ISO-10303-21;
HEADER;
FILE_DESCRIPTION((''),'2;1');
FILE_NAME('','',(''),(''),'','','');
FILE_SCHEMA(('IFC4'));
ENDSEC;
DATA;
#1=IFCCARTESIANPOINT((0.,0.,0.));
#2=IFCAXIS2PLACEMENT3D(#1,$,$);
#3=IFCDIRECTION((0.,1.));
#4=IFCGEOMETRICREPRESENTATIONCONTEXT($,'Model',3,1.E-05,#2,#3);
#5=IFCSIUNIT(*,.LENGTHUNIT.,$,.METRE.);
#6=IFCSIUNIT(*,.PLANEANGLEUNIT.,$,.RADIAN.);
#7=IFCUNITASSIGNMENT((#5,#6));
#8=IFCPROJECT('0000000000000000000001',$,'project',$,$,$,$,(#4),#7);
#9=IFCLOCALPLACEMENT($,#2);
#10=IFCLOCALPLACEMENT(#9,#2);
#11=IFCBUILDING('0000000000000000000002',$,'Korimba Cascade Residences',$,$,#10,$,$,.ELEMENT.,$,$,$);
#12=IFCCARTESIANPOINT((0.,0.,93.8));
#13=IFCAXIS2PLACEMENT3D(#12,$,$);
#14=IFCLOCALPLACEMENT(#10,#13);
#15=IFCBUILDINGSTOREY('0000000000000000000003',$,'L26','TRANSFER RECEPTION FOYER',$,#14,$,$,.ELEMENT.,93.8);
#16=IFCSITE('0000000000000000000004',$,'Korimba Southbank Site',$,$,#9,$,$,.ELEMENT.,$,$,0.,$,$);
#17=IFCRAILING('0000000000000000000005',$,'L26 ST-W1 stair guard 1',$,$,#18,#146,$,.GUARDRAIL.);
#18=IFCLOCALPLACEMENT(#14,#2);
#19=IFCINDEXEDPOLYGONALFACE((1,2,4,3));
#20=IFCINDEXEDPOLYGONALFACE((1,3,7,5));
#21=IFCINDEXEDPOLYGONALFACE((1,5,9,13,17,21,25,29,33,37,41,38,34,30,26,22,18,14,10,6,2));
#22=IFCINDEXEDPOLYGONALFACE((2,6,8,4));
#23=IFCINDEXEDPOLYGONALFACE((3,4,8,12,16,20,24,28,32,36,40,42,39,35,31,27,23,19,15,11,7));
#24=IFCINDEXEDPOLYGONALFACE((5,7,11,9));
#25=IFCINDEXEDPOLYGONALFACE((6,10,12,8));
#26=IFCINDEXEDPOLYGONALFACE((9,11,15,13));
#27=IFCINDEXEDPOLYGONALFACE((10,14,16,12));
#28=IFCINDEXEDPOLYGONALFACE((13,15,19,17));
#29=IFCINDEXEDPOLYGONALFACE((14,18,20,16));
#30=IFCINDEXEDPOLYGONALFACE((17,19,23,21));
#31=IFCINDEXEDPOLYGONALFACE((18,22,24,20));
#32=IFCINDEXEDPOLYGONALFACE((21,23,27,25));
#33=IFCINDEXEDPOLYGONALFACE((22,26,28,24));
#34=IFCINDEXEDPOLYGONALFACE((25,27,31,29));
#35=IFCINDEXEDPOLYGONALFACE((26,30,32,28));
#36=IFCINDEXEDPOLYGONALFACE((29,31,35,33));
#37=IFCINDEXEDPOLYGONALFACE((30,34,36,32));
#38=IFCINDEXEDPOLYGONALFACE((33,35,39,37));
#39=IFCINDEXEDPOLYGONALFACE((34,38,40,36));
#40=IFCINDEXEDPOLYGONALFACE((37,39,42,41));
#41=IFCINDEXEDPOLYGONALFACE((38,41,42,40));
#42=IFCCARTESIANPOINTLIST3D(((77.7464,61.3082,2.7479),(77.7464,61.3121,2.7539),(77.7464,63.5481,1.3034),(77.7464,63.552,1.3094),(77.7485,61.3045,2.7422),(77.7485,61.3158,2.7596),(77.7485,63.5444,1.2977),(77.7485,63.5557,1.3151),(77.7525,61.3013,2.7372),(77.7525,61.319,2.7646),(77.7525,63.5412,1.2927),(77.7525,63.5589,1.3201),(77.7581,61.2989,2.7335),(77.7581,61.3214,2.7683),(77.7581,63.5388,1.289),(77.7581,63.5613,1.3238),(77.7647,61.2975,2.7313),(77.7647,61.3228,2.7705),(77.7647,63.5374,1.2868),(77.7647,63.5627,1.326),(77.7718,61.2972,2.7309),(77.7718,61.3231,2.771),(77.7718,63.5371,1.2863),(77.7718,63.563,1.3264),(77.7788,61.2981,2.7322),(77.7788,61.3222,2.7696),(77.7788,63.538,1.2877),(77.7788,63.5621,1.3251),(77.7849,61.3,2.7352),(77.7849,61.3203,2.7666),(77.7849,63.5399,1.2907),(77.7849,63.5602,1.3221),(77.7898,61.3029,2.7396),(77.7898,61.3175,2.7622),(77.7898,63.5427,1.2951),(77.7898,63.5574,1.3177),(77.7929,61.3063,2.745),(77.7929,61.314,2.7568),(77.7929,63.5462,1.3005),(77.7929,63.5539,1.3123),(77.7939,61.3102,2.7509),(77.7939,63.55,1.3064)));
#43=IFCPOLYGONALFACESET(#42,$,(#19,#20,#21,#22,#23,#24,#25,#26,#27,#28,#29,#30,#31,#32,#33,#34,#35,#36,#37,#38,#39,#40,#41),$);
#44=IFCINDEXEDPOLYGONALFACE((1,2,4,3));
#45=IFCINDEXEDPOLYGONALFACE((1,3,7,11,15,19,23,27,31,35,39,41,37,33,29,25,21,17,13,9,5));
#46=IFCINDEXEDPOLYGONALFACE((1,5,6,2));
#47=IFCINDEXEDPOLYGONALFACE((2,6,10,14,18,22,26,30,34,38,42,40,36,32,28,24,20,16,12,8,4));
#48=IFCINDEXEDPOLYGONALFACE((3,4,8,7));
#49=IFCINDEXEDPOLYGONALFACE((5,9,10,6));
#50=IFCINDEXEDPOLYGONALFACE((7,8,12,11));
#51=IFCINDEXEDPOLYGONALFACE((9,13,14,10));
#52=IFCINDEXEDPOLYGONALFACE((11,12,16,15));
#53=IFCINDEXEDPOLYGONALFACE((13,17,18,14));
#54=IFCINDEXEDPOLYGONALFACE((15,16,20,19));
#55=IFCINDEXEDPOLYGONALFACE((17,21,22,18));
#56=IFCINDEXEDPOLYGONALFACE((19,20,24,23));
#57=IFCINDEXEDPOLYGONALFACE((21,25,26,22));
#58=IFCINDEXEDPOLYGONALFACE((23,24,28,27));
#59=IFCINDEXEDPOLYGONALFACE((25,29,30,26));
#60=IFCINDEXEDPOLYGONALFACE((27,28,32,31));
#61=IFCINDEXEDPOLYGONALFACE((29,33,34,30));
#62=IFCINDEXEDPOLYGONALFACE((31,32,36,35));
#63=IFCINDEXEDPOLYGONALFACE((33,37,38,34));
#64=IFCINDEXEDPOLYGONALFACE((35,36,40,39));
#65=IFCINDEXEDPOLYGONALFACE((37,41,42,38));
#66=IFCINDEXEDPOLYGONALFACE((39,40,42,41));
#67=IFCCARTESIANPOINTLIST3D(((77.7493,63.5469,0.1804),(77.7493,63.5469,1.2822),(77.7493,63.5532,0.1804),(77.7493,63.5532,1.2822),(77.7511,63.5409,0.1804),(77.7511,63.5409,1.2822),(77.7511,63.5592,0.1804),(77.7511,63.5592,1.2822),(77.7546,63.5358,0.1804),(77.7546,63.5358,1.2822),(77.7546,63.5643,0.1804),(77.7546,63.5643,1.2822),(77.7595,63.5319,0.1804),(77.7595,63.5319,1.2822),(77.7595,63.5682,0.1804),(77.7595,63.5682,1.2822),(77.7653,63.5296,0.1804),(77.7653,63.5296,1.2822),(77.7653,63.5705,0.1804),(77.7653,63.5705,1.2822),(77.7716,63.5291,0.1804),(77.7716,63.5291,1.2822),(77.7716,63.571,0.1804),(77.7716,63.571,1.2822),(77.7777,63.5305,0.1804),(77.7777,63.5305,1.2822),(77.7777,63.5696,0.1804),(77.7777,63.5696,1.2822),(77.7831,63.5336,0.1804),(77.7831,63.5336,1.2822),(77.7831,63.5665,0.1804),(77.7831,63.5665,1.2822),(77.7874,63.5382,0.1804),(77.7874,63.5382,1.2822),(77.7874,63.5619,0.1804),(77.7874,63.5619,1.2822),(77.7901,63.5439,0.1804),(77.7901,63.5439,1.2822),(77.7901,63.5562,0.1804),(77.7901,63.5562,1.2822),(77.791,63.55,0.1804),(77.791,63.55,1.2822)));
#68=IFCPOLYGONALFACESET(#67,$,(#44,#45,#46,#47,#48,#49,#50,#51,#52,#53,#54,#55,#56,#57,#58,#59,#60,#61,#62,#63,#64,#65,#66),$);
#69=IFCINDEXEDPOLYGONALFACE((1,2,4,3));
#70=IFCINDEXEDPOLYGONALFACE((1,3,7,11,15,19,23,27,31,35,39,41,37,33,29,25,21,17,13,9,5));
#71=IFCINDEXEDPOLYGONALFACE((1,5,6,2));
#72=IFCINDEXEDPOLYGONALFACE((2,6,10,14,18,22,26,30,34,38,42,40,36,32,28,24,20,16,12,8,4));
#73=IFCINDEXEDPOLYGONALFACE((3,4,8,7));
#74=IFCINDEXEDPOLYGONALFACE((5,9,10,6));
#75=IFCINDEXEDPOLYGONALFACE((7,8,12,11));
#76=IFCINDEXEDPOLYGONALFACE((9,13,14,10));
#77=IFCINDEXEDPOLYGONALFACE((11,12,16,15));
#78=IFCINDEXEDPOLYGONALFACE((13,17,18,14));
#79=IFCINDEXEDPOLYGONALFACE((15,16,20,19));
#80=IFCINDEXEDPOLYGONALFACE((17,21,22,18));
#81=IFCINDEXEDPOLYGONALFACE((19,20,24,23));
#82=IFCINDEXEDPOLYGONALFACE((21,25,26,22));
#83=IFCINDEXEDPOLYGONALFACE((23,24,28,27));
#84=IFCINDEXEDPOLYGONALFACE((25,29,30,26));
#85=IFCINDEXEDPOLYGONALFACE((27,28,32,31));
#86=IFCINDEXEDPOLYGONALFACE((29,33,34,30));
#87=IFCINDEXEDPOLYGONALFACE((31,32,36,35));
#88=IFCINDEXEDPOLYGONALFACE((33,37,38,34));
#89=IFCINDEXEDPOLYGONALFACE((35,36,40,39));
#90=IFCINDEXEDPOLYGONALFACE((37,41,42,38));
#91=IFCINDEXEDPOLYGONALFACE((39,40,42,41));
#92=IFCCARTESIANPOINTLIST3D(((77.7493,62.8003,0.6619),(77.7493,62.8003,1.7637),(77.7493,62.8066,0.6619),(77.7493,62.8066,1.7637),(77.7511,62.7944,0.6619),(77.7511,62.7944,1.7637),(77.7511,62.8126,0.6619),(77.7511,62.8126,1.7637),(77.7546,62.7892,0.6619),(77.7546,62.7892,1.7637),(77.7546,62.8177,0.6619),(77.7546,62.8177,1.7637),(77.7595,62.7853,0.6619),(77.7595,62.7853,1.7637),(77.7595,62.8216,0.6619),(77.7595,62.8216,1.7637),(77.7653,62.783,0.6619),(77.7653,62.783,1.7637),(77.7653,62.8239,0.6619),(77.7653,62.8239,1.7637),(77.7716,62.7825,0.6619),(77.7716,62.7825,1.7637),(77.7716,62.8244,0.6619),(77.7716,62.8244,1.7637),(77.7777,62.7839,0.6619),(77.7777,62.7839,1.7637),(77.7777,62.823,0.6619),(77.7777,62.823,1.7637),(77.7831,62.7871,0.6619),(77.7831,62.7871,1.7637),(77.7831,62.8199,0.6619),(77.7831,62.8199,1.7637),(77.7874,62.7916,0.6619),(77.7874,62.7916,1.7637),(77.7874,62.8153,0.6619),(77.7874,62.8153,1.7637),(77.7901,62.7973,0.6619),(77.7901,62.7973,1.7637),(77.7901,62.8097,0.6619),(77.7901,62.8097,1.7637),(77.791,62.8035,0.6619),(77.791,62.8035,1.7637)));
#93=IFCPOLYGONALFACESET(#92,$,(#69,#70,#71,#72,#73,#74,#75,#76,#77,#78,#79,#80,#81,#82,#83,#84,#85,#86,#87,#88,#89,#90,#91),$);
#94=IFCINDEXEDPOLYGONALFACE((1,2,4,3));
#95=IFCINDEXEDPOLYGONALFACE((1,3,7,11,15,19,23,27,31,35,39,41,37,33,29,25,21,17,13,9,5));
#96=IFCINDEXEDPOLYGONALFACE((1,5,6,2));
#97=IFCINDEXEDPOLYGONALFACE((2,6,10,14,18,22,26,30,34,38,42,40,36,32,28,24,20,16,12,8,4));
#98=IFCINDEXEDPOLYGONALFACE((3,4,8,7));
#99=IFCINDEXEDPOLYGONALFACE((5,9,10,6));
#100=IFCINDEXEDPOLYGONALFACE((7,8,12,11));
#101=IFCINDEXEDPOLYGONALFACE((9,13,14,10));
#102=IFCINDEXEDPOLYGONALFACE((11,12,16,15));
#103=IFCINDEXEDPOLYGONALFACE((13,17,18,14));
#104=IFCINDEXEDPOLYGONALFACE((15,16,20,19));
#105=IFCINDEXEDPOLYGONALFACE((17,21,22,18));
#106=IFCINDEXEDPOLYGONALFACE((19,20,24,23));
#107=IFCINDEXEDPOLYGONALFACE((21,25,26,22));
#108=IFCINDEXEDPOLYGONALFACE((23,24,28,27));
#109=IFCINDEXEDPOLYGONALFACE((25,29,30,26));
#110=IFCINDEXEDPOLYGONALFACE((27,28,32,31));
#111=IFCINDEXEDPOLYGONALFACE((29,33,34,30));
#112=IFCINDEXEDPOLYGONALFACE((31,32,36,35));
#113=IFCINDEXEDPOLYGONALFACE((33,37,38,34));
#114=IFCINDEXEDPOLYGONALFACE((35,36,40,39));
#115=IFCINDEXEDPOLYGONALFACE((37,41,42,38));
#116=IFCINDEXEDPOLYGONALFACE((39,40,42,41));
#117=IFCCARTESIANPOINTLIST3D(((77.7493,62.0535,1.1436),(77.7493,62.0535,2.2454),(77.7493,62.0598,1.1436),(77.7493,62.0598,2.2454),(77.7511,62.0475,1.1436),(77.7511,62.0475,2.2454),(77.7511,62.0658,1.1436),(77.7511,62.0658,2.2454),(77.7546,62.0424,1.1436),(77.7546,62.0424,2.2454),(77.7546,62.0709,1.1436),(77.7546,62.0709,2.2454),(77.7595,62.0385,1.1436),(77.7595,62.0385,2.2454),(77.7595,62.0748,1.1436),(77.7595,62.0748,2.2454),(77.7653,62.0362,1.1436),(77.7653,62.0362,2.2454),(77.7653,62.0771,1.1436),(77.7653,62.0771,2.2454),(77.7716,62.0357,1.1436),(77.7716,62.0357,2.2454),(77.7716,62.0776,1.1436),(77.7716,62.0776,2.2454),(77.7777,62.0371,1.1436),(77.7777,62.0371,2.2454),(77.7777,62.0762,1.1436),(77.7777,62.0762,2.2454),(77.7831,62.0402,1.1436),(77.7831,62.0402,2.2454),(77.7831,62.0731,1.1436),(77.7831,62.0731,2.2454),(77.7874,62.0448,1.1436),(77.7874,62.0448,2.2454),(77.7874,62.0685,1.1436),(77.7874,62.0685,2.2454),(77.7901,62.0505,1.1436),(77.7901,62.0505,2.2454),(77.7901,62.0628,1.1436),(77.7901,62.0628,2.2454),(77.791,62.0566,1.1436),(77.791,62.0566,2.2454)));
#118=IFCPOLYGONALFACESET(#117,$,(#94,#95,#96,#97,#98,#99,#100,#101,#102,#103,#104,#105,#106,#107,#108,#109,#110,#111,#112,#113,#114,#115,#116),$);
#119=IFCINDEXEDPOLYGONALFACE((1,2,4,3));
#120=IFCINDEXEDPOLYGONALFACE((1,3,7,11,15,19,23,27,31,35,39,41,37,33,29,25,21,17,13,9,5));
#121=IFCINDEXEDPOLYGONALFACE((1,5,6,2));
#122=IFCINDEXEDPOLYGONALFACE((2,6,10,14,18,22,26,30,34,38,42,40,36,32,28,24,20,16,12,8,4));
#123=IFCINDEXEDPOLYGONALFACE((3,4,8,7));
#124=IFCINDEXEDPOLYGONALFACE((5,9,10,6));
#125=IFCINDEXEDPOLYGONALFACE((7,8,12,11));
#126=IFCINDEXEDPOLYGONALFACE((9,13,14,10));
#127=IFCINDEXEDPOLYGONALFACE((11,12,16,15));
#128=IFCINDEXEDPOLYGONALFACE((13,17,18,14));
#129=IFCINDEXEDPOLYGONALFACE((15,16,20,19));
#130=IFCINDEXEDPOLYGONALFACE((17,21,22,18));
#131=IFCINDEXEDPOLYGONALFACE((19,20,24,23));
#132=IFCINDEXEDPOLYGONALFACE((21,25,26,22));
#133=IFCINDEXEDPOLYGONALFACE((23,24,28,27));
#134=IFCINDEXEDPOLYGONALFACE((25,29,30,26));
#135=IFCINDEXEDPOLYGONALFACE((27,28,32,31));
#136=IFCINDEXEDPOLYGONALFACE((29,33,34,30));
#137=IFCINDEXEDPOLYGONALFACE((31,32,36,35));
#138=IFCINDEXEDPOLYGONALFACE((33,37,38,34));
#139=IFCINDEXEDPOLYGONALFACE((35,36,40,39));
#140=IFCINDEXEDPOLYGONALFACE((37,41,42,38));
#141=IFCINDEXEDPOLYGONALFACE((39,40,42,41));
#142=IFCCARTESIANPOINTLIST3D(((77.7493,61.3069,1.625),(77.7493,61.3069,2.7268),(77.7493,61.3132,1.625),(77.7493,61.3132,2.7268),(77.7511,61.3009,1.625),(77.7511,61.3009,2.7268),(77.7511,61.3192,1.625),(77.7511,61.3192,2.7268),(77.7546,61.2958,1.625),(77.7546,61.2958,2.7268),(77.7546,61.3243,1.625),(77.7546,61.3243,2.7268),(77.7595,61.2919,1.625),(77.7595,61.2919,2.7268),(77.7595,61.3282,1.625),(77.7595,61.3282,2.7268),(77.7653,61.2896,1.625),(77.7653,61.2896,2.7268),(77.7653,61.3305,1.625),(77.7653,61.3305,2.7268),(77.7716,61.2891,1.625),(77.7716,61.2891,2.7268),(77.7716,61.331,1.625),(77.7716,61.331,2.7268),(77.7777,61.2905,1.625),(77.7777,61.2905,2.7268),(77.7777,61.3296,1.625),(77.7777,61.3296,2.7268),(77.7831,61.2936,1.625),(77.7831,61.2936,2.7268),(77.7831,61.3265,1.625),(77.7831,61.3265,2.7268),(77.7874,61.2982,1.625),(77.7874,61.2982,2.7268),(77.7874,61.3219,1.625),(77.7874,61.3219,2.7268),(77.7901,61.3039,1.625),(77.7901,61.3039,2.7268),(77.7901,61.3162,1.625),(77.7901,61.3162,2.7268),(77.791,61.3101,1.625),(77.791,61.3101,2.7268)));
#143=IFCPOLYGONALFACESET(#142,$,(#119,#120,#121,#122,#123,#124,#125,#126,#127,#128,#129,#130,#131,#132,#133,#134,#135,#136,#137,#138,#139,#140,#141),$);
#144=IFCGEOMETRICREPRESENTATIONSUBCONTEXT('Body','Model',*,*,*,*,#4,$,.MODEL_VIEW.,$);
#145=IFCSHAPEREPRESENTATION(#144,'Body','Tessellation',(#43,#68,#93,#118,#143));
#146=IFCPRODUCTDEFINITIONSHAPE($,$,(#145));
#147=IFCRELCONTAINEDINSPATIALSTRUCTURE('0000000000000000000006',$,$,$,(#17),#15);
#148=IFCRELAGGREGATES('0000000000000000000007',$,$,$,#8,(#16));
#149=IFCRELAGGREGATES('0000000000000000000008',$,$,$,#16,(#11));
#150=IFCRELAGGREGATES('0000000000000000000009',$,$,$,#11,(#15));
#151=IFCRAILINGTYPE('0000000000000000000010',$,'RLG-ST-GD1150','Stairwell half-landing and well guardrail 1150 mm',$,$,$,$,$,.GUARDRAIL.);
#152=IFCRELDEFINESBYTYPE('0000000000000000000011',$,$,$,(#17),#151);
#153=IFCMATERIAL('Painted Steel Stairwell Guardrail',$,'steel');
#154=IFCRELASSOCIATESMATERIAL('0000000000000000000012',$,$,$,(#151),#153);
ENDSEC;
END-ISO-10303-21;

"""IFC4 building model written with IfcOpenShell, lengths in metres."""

from ifc_helpers import new_model, si_unit, direction, frame, origin, origin_2d, place, context, subcontext, project, spatial, circle, extrude, material, type_object, element, save


model = new_model("IFC4")

# Units and contexts
model_context = context("Model", 3, precision=1e-05, world=origin(), true_north=direction((0.0, 1.0)))
body_context = subcontext(model_context, "Body", "Model", "MODEL_VIEW")
ifc_project = project(units=[si_unit("LENGTHUNIT", "METRE"), si_unit("PLANEANGLEUNIT", "RADIAN")], contexts=[model_context])

# Site, building, storey
site_placement = place(None, origin())
site = spatial("IfcSite", under=ifc_project, at=site_placement, Name="Korimba Southbank Site", CompositionType="ELEMENT", RefElevation=0.0)
building_placement = place(site_placement, origin())
building = spatial("IfcBuilding", under=site, at=building_placement, Name="Korimba Cascade Residences", CompositionType="ELEMENT")
storey_placement = place(building_placement, frame((0.0, 0.0, 93.8)))
storey = spatial("IfcBuildingStorey", under=building, at=storey_placement, Name="L26", Description="TRANSFER RECEPTION FOYER", CompositionType="ELEMENT", Elevation=93.8)

# Railing
ifc_material_1 = material(Name="Painted Steel Stairwell Guardrail", Category="steel")
railing_type_1 = type_object("IfcRailingType", Name="RLG-ST-GD1150", Description="Stairwell half-landing and well guardrail 1150 mm", PredefinedType="GUARDRAIL", material=ifc_material_1)
railing_1_placement = place(storey_placement, frame((77.77, 63.55, 0.1804)))
element("IfcRailing", 1, at=railing_1_placement, inside=storey, type_object=railing_type_1, Name="L26 ST-W1 stair guard 1", PredefinedType="GUARDRAIL", context=body_context, shape_type="SweptSolid", body=[
    extrude(circle(Radius=0.0239, at=origin_2d()), frame((0.0, 0.0, 1.126), z_axis=(0.0, -0.840395, 0.541975), x_axis=(1.0, 0.0, 0.0)), (0.0, 0.0, 1.0), 2.6653),
    extrude(circle(Radius=0.021, at=origin_2d()), origin(), (0.0, 0.0, 1.0), 1.1018),
    extrude(circle(Radius=0.021, at=origin_2d()), frame((0.0, -0.7466, 0.4814)), (0.0, 0.0, 1.0), 1.1018),
    extrude(circle(Radius=0.021, at=origin_2d()), frame((0.0, -1.4934, 0.9631)), (0.0, 0.0, 1.0), 1.1018),
    extrude(circle(Radius=0.021, at=origin_2d()), frame((0.0, -2.24, 1.4446)), (0.0, 0.0, 1.0), 1.1018),
])

save(model, "model.ifc")
